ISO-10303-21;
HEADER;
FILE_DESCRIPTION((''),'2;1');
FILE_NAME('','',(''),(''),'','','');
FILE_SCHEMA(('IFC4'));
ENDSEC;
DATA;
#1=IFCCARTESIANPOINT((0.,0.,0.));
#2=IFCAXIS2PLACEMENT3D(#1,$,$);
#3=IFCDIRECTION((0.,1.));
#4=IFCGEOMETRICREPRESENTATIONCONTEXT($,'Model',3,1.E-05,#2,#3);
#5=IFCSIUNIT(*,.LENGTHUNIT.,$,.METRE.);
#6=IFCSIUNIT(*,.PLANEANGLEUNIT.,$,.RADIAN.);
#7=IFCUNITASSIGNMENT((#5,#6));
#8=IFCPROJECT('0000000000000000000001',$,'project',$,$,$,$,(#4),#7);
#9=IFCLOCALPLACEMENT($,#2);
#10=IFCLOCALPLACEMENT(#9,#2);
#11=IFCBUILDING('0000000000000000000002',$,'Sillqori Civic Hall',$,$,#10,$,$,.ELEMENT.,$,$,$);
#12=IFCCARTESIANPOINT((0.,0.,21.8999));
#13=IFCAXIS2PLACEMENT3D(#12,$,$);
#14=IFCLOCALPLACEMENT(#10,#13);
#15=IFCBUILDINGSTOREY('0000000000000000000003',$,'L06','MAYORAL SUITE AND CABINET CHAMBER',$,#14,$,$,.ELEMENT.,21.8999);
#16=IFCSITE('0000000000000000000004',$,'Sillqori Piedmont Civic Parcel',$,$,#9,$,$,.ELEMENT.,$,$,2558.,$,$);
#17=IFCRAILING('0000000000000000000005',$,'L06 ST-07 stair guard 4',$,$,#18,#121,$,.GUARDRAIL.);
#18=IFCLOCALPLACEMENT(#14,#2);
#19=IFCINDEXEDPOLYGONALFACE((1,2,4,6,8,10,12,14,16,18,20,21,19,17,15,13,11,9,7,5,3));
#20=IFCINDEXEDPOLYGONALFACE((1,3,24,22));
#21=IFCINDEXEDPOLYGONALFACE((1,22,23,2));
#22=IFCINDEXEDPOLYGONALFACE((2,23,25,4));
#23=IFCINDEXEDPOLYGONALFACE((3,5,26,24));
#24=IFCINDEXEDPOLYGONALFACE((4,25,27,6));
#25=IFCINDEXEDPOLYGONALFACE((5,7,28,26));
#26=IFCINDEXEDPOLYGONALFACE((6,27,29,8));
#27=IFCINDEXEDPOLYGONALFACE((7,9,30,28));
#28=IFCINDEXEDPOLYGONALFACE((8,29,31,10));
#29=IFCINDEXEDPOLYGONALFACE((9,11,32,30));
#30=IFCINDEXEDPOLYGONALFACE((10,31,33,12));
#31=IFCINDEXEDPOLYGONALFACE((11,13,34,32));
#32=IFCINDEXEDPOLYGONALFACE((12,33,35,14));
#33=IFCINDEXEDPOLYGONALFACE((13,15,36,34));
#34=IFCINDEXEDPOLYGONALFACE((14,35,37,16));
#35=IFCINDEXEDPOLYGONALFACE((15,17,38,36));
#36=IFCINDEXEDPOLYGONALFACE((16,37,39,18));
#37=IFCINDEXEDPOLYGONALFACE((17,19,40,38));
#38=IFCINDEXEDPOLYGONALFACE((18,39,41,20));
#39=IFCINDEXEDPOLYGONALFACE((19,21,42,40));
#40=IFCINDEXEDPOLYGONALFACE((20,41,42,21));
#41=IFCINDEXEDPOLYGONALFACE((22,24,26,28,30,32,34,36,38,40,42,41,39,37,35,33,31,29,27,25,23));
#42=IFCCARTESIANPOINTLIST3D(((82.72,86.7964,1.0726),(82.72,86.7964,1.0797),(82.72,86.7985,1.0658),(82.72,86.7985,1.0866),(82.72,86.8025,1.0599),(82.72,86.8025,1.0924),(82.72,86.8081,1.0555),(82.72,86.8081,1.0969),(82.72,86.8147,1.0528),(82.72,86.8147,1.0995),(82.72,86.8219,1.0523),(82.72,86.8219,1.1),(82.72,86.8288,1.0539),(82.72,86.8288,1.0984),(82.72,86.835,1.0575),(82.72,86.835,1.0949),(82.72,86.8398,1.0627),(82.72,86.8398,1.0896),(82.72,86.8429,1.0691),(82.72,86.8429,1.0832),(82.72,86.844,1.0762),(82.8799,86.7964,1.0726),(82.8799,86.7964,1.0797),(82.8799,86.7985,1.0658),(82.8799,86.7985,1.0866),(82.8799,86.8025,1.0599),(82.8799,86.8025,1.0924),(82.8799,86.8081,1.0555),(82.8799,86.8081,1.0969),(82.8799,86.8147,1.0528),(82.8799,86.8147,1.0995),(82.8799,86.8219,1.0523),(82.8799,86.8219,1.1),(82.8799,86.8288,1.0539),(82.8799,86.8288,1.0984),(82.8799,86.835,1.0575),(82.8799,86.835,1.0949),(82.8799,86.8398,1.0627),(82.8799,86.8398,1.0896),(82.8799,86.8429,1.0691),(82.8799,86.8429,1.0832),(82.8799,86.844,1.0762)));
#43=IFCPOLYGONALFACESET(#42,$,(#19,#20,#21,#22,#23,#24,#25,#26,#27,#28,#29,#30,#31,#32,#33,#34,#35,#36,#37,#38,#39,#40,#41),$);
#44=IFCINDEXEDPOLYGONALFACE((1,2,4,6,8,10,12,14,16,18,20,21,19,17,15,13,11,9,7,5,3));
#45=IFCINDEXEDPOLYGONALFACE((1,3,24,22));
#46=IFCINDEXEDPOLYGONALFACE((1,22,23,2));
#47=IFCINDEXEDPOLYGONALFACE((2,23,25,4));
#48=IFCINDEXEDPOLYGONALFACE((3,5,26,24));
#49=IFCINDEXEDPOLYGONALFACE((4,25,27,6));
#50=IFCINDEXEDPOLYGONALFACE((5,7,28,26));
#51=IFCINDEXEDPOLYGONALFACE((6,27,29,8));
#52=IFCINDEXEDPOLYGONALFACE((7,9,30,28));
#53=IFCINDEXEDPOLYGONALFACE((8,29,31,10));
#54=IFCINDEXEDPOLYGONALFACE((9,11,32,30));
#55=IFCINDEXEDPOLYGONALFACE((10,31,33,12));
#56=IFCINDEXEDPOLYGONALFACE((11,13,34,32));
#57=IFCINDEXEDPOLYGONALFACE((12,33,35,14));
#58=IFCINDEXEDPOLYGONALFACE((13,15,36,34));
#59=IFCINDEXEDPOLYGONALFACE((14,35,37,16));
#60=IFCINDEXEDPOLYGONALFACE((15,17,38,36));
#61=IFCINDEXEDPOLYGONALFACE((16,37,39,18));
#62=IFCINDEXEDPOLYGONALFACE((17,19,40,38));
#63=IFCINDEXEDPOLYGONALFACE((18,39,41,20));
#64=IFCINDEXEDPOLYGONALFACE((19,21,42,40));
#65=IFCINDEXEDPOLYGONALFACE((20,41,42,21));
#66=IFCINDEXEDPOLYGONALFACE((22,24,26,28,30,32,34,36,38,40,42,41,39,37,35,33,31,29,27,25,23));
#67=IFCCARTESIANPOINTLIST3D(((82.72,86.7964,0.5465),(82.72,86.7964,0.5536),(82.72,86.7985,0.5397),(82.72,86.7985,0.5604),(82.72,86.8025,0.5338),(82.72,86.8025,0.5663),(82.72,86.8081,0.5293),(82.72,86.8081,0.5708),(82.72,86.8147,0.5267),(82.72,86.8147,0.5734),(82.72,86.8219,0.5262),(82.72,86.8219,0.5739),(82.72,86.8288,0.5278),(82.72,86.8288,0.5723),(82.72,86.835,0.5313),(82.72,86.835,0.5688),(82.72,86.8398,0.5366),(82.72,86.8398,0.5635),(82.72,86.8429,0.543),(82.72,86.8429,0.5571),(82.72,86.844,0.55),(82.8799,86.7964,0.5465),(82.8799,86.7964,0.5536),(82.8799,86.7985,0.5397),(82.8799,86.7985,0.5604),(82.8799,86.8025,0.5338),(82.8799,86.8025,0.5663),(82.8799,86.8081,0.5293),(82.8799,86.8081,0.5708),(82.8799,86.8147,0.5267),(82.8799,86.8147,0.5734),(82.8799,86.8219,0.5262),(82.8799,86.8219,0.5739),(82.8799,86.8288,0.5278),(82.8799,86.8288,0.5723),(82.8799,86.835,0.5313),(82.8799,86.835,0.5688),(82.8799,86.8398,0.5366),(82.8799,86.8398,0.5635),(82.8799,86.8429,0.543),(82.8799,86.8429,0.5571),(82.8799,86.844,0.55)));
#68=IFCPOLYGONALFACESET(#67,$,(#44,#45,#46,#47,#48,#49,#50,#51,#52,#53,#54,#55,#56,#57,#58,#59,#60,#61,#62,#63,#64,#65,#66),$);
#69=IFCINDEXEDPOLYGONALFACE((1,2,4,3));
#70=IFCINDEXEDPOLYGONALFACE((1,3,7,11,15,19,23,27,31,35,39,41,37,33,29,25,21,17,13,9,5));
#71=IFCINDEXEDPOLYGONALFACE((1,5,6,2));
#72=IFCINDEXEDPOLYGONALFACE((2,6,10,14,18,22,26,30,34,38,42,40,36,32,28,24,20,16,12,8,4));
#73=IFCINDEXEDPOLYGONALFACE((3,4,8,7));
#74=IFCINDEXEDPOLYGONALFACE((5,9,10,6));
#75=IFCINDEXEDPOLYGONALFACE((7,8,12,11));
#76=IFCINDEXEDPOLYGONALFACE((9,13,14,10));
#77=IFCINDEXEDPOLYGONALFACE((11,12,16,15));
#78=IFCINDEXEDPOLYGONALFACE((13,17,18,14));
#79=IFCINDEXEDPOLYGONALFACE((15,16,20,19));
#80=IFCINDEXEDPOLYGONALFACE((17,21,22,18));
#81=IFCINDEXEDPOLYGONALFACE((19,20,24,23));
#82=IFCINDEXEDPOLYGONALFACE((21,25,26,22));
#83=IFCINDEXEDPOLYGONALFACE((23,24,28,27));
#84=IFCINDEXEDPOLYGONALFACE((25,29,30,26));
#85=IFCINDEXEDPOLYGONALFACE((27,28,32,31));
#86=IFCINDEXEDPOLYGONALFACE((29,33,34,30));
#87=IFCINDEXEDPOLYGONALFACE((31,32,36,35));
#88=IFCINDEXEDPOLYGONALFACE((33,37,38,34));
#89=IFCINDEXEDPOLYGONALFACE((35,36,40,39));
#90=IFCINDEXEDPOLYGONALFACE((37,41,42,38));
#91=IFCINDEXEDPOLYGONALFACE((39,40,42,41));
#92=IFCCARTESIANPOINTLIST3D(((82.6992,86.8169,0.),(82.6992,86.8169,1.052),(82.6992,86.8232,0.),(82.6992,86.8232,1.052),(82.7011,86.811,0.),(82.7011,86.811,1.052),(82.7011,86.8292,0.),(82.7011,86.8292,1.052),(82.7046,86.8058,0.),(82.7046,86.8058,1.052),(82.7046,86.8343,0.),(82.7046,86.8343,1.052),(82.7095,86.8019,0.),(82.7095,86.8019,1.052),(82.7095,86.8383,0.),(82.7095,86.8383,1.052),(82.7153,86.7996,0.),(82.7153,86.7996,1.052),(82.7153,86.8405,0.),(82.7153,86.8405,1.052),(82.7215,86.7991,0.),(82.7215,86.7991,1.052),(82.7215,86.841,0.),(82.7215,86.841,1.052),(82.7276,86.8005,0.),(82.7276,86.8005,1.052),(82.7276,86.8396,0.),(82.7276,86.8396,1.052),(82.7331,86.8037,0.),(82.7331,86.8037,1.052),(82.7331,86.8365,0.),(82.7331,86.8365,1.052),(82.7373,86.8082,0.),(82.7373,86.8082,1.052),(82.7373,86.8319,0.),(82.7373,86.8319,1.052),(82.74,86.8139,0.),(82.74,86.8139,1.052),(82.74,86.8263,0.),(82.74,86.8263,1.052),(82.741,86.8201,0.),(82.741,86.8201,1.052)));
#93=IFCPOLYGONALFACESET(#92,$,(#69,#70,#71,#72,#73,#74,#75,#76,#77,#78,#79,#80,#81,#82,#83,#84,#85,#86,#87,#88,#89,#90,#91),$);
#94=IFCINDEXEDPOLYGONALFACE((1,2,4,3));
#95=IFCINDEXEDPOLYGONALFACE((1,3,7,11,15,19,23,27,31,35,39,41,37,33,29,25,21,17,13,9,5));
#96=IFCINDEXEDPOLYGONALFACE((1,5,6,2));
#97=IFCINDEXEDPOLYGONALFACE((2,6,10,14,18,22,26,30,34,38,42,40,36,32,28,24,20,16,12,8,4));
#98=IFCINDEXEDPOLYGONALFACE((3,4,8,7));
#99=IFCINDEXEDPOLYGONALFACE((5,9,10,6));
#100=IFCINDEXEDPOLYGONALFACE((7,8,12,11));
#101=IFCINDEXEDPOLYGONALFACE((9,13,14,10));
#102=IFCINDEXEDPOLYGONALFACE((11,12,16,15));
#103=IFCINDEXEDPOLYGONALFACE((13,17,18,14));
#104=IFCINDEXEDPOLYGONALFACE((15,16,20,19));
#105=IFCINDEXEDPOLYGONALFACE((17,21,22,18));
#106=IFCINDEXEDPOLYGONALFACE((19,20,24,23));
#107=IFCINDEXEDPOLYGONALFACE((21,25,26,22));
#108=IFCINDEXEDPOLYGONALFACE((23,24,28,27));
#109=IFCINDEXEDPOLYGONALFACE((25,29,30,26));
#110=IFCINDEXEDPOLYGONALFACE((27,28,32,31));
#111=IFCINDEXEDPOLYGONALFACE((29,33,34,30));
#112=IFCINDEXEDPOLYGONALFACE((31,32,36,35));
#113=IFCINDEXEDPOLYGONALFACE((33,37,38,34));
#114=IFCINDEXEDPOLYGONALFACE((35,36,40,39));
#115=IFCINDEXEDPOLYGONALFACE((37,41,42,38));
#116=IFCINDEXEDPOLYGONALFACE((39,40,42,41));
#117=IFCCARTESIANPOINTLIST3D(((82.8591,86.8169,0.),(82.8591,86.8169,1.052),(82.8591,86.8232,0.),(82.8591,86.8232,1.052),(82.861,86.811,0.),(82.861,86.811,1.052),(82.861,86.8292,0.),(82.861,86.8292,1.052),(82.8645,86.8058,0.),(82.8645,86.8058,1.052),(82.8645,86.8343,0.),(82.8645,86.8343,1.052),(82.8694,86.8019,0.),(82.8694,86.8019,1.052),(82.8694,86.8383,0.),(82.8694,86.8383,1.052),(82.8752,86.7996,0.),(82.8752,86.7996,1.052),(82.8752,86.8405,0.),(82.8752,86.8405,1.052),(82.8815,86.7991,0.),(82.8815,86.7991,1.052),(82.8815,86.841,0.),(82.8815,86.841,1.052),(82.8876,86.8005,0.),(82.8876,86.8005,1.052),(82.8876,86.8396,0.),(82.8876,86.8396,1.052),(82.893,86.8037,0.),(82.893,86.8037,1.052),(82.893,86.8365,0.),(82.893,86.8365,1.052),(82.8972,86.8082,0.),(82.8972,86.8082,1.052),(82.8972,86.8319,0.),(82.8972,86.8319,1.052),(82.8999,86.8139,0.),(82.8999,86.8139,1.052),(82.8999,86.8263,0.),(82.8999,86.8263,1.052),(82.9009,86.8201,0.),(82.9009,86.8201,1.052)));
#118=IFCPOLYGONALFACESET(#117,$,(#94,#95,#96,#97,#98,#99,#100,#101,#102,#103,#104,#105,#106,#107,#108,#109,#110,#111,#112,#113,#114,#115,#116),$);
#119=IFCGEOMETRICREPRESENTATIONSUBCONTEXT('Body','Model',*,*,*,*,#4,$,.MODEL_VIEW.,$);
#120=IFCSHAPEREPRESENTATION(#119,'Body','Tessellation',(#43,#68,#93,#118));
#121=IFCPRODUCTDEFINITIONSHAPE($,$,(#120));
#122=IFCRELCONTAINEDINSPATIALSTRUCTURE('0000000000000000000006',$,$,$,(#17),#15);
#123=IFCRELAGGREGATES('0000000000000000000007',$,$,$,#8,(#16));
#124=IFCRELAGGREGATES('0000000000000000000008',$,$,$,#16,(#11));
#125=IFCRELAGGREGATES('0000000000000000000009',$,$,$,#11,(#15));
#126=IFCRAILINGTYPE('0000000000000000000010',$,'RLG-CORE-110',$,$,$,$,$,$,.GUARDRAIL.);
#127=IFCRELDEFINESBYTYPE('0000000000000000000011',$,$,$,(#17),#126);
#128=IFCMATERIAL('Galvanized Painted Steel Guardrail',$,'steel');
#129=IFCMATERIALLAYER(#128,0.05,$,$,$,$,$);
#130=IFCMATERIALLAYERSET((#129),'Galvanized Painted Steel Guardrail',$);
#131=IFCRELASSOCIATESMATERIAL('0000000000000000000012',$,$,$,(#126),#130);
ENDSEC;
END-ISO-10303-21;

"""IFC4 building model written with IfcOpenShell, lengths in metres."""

from ifc_helpers import new_model, si_unit, direction, frame, origin, origin_2d, place, context, subcontext, project, spatial, circle, extrude, material, layer, layer_set, type_object, element, save


model = new_model("IFC4")

# Units and contexts
model_context = context("Model", 3, precision=1e-05, world=origin(), true_north=direction((0.0, 1.0)))
body_context = subcontext(model_context, "Body", "Model", "MODEL_VIEW")
ifc_project = project(units=[si_unit("LENGTHUNIT", "METRE"), si_unit("PLANEANGLEUNIT", "RADIAN")], contexts=[model_context])

# Site, building, storey
site_placement = place(None, origin())
site = spatial("IfcSite", under=ifc_project, at=site_placement, Name="Sillqori Piedmont Civic Parcel", CompositionType="ELEMENT", RefElevation=2558.0)
building_placement = place(site_placement, origin())
building = spatial("IfcBuilding", under=site, at=building_placement, Name="Sillqori Civic Hall", CompositionType="ELEMENT")
storey_placement = place(building_placement, frame((0.0, 0.0, 21.8999)))
storey = spatial("IfcBuildingStorey", under=building, at=storey_placement, Name="L06", Description="MAYORAL SUITE AND CABINET CHAMBER", CompositionType="ELEMENT", Elevation=21.8999)

# Railing
ifc_material_1 = material(Name="Galvanized Painted Steel Guardrail", Category="steel")
ifc_layer_1 = layer(ifc_material_1, 0.05)
ifc_layer_set_1 = layer_set([ifc_layer_1], Name="Galvanized Painted Steel Guardrail")
railing_type_1 = type_object("IfcRailingType", Name="RLG-CORE-110", PredefinedType="GUARDRAIL", material=ifc_layer_set_1)
railing_1_placement = place(storey_placement, frame((82.72, 86.8201, 0.0)))
element("IfcRailing", 1, at=railing_1_placement, inside=storey, type_object=railing_type_1, Name="L06 ST-07 stair guard 4", PredefinedType="GUARDRAIL", context=body_context, shape_type="SweptSolid", body=[
    extrude(circle(Radius=0.0239, at=origin_2d()), frame((0.0, 0.0, 1.0762), z_axis=(1.0, 0.0, 0.0), x_axis=(0.0, 1.0, 0.0)), (0.0, 0.0, 1.0), 0.1599),
    extrude(circle(Radius=0.0239, at=origin_2d()), frame((0.0, 0.0, 0.55), z_axis=(1.0, 0.0, 0.0), x_axis=(0.0, 1.0, 0.0)), (0.0, 0.0, 1.0), 0.1599),
    extrude(circle(Radius=0.021, at=origin_2d()), origin(), (0.0, 0.0, 1.0), 1.052),
    extrude(circle(Radius=0.021, at=origin_2d()), frame((0.1599, 0.0, 0.0)), (0.0, 0.0, 1.0), 1.052),
])

save(model, "model.ifc")
